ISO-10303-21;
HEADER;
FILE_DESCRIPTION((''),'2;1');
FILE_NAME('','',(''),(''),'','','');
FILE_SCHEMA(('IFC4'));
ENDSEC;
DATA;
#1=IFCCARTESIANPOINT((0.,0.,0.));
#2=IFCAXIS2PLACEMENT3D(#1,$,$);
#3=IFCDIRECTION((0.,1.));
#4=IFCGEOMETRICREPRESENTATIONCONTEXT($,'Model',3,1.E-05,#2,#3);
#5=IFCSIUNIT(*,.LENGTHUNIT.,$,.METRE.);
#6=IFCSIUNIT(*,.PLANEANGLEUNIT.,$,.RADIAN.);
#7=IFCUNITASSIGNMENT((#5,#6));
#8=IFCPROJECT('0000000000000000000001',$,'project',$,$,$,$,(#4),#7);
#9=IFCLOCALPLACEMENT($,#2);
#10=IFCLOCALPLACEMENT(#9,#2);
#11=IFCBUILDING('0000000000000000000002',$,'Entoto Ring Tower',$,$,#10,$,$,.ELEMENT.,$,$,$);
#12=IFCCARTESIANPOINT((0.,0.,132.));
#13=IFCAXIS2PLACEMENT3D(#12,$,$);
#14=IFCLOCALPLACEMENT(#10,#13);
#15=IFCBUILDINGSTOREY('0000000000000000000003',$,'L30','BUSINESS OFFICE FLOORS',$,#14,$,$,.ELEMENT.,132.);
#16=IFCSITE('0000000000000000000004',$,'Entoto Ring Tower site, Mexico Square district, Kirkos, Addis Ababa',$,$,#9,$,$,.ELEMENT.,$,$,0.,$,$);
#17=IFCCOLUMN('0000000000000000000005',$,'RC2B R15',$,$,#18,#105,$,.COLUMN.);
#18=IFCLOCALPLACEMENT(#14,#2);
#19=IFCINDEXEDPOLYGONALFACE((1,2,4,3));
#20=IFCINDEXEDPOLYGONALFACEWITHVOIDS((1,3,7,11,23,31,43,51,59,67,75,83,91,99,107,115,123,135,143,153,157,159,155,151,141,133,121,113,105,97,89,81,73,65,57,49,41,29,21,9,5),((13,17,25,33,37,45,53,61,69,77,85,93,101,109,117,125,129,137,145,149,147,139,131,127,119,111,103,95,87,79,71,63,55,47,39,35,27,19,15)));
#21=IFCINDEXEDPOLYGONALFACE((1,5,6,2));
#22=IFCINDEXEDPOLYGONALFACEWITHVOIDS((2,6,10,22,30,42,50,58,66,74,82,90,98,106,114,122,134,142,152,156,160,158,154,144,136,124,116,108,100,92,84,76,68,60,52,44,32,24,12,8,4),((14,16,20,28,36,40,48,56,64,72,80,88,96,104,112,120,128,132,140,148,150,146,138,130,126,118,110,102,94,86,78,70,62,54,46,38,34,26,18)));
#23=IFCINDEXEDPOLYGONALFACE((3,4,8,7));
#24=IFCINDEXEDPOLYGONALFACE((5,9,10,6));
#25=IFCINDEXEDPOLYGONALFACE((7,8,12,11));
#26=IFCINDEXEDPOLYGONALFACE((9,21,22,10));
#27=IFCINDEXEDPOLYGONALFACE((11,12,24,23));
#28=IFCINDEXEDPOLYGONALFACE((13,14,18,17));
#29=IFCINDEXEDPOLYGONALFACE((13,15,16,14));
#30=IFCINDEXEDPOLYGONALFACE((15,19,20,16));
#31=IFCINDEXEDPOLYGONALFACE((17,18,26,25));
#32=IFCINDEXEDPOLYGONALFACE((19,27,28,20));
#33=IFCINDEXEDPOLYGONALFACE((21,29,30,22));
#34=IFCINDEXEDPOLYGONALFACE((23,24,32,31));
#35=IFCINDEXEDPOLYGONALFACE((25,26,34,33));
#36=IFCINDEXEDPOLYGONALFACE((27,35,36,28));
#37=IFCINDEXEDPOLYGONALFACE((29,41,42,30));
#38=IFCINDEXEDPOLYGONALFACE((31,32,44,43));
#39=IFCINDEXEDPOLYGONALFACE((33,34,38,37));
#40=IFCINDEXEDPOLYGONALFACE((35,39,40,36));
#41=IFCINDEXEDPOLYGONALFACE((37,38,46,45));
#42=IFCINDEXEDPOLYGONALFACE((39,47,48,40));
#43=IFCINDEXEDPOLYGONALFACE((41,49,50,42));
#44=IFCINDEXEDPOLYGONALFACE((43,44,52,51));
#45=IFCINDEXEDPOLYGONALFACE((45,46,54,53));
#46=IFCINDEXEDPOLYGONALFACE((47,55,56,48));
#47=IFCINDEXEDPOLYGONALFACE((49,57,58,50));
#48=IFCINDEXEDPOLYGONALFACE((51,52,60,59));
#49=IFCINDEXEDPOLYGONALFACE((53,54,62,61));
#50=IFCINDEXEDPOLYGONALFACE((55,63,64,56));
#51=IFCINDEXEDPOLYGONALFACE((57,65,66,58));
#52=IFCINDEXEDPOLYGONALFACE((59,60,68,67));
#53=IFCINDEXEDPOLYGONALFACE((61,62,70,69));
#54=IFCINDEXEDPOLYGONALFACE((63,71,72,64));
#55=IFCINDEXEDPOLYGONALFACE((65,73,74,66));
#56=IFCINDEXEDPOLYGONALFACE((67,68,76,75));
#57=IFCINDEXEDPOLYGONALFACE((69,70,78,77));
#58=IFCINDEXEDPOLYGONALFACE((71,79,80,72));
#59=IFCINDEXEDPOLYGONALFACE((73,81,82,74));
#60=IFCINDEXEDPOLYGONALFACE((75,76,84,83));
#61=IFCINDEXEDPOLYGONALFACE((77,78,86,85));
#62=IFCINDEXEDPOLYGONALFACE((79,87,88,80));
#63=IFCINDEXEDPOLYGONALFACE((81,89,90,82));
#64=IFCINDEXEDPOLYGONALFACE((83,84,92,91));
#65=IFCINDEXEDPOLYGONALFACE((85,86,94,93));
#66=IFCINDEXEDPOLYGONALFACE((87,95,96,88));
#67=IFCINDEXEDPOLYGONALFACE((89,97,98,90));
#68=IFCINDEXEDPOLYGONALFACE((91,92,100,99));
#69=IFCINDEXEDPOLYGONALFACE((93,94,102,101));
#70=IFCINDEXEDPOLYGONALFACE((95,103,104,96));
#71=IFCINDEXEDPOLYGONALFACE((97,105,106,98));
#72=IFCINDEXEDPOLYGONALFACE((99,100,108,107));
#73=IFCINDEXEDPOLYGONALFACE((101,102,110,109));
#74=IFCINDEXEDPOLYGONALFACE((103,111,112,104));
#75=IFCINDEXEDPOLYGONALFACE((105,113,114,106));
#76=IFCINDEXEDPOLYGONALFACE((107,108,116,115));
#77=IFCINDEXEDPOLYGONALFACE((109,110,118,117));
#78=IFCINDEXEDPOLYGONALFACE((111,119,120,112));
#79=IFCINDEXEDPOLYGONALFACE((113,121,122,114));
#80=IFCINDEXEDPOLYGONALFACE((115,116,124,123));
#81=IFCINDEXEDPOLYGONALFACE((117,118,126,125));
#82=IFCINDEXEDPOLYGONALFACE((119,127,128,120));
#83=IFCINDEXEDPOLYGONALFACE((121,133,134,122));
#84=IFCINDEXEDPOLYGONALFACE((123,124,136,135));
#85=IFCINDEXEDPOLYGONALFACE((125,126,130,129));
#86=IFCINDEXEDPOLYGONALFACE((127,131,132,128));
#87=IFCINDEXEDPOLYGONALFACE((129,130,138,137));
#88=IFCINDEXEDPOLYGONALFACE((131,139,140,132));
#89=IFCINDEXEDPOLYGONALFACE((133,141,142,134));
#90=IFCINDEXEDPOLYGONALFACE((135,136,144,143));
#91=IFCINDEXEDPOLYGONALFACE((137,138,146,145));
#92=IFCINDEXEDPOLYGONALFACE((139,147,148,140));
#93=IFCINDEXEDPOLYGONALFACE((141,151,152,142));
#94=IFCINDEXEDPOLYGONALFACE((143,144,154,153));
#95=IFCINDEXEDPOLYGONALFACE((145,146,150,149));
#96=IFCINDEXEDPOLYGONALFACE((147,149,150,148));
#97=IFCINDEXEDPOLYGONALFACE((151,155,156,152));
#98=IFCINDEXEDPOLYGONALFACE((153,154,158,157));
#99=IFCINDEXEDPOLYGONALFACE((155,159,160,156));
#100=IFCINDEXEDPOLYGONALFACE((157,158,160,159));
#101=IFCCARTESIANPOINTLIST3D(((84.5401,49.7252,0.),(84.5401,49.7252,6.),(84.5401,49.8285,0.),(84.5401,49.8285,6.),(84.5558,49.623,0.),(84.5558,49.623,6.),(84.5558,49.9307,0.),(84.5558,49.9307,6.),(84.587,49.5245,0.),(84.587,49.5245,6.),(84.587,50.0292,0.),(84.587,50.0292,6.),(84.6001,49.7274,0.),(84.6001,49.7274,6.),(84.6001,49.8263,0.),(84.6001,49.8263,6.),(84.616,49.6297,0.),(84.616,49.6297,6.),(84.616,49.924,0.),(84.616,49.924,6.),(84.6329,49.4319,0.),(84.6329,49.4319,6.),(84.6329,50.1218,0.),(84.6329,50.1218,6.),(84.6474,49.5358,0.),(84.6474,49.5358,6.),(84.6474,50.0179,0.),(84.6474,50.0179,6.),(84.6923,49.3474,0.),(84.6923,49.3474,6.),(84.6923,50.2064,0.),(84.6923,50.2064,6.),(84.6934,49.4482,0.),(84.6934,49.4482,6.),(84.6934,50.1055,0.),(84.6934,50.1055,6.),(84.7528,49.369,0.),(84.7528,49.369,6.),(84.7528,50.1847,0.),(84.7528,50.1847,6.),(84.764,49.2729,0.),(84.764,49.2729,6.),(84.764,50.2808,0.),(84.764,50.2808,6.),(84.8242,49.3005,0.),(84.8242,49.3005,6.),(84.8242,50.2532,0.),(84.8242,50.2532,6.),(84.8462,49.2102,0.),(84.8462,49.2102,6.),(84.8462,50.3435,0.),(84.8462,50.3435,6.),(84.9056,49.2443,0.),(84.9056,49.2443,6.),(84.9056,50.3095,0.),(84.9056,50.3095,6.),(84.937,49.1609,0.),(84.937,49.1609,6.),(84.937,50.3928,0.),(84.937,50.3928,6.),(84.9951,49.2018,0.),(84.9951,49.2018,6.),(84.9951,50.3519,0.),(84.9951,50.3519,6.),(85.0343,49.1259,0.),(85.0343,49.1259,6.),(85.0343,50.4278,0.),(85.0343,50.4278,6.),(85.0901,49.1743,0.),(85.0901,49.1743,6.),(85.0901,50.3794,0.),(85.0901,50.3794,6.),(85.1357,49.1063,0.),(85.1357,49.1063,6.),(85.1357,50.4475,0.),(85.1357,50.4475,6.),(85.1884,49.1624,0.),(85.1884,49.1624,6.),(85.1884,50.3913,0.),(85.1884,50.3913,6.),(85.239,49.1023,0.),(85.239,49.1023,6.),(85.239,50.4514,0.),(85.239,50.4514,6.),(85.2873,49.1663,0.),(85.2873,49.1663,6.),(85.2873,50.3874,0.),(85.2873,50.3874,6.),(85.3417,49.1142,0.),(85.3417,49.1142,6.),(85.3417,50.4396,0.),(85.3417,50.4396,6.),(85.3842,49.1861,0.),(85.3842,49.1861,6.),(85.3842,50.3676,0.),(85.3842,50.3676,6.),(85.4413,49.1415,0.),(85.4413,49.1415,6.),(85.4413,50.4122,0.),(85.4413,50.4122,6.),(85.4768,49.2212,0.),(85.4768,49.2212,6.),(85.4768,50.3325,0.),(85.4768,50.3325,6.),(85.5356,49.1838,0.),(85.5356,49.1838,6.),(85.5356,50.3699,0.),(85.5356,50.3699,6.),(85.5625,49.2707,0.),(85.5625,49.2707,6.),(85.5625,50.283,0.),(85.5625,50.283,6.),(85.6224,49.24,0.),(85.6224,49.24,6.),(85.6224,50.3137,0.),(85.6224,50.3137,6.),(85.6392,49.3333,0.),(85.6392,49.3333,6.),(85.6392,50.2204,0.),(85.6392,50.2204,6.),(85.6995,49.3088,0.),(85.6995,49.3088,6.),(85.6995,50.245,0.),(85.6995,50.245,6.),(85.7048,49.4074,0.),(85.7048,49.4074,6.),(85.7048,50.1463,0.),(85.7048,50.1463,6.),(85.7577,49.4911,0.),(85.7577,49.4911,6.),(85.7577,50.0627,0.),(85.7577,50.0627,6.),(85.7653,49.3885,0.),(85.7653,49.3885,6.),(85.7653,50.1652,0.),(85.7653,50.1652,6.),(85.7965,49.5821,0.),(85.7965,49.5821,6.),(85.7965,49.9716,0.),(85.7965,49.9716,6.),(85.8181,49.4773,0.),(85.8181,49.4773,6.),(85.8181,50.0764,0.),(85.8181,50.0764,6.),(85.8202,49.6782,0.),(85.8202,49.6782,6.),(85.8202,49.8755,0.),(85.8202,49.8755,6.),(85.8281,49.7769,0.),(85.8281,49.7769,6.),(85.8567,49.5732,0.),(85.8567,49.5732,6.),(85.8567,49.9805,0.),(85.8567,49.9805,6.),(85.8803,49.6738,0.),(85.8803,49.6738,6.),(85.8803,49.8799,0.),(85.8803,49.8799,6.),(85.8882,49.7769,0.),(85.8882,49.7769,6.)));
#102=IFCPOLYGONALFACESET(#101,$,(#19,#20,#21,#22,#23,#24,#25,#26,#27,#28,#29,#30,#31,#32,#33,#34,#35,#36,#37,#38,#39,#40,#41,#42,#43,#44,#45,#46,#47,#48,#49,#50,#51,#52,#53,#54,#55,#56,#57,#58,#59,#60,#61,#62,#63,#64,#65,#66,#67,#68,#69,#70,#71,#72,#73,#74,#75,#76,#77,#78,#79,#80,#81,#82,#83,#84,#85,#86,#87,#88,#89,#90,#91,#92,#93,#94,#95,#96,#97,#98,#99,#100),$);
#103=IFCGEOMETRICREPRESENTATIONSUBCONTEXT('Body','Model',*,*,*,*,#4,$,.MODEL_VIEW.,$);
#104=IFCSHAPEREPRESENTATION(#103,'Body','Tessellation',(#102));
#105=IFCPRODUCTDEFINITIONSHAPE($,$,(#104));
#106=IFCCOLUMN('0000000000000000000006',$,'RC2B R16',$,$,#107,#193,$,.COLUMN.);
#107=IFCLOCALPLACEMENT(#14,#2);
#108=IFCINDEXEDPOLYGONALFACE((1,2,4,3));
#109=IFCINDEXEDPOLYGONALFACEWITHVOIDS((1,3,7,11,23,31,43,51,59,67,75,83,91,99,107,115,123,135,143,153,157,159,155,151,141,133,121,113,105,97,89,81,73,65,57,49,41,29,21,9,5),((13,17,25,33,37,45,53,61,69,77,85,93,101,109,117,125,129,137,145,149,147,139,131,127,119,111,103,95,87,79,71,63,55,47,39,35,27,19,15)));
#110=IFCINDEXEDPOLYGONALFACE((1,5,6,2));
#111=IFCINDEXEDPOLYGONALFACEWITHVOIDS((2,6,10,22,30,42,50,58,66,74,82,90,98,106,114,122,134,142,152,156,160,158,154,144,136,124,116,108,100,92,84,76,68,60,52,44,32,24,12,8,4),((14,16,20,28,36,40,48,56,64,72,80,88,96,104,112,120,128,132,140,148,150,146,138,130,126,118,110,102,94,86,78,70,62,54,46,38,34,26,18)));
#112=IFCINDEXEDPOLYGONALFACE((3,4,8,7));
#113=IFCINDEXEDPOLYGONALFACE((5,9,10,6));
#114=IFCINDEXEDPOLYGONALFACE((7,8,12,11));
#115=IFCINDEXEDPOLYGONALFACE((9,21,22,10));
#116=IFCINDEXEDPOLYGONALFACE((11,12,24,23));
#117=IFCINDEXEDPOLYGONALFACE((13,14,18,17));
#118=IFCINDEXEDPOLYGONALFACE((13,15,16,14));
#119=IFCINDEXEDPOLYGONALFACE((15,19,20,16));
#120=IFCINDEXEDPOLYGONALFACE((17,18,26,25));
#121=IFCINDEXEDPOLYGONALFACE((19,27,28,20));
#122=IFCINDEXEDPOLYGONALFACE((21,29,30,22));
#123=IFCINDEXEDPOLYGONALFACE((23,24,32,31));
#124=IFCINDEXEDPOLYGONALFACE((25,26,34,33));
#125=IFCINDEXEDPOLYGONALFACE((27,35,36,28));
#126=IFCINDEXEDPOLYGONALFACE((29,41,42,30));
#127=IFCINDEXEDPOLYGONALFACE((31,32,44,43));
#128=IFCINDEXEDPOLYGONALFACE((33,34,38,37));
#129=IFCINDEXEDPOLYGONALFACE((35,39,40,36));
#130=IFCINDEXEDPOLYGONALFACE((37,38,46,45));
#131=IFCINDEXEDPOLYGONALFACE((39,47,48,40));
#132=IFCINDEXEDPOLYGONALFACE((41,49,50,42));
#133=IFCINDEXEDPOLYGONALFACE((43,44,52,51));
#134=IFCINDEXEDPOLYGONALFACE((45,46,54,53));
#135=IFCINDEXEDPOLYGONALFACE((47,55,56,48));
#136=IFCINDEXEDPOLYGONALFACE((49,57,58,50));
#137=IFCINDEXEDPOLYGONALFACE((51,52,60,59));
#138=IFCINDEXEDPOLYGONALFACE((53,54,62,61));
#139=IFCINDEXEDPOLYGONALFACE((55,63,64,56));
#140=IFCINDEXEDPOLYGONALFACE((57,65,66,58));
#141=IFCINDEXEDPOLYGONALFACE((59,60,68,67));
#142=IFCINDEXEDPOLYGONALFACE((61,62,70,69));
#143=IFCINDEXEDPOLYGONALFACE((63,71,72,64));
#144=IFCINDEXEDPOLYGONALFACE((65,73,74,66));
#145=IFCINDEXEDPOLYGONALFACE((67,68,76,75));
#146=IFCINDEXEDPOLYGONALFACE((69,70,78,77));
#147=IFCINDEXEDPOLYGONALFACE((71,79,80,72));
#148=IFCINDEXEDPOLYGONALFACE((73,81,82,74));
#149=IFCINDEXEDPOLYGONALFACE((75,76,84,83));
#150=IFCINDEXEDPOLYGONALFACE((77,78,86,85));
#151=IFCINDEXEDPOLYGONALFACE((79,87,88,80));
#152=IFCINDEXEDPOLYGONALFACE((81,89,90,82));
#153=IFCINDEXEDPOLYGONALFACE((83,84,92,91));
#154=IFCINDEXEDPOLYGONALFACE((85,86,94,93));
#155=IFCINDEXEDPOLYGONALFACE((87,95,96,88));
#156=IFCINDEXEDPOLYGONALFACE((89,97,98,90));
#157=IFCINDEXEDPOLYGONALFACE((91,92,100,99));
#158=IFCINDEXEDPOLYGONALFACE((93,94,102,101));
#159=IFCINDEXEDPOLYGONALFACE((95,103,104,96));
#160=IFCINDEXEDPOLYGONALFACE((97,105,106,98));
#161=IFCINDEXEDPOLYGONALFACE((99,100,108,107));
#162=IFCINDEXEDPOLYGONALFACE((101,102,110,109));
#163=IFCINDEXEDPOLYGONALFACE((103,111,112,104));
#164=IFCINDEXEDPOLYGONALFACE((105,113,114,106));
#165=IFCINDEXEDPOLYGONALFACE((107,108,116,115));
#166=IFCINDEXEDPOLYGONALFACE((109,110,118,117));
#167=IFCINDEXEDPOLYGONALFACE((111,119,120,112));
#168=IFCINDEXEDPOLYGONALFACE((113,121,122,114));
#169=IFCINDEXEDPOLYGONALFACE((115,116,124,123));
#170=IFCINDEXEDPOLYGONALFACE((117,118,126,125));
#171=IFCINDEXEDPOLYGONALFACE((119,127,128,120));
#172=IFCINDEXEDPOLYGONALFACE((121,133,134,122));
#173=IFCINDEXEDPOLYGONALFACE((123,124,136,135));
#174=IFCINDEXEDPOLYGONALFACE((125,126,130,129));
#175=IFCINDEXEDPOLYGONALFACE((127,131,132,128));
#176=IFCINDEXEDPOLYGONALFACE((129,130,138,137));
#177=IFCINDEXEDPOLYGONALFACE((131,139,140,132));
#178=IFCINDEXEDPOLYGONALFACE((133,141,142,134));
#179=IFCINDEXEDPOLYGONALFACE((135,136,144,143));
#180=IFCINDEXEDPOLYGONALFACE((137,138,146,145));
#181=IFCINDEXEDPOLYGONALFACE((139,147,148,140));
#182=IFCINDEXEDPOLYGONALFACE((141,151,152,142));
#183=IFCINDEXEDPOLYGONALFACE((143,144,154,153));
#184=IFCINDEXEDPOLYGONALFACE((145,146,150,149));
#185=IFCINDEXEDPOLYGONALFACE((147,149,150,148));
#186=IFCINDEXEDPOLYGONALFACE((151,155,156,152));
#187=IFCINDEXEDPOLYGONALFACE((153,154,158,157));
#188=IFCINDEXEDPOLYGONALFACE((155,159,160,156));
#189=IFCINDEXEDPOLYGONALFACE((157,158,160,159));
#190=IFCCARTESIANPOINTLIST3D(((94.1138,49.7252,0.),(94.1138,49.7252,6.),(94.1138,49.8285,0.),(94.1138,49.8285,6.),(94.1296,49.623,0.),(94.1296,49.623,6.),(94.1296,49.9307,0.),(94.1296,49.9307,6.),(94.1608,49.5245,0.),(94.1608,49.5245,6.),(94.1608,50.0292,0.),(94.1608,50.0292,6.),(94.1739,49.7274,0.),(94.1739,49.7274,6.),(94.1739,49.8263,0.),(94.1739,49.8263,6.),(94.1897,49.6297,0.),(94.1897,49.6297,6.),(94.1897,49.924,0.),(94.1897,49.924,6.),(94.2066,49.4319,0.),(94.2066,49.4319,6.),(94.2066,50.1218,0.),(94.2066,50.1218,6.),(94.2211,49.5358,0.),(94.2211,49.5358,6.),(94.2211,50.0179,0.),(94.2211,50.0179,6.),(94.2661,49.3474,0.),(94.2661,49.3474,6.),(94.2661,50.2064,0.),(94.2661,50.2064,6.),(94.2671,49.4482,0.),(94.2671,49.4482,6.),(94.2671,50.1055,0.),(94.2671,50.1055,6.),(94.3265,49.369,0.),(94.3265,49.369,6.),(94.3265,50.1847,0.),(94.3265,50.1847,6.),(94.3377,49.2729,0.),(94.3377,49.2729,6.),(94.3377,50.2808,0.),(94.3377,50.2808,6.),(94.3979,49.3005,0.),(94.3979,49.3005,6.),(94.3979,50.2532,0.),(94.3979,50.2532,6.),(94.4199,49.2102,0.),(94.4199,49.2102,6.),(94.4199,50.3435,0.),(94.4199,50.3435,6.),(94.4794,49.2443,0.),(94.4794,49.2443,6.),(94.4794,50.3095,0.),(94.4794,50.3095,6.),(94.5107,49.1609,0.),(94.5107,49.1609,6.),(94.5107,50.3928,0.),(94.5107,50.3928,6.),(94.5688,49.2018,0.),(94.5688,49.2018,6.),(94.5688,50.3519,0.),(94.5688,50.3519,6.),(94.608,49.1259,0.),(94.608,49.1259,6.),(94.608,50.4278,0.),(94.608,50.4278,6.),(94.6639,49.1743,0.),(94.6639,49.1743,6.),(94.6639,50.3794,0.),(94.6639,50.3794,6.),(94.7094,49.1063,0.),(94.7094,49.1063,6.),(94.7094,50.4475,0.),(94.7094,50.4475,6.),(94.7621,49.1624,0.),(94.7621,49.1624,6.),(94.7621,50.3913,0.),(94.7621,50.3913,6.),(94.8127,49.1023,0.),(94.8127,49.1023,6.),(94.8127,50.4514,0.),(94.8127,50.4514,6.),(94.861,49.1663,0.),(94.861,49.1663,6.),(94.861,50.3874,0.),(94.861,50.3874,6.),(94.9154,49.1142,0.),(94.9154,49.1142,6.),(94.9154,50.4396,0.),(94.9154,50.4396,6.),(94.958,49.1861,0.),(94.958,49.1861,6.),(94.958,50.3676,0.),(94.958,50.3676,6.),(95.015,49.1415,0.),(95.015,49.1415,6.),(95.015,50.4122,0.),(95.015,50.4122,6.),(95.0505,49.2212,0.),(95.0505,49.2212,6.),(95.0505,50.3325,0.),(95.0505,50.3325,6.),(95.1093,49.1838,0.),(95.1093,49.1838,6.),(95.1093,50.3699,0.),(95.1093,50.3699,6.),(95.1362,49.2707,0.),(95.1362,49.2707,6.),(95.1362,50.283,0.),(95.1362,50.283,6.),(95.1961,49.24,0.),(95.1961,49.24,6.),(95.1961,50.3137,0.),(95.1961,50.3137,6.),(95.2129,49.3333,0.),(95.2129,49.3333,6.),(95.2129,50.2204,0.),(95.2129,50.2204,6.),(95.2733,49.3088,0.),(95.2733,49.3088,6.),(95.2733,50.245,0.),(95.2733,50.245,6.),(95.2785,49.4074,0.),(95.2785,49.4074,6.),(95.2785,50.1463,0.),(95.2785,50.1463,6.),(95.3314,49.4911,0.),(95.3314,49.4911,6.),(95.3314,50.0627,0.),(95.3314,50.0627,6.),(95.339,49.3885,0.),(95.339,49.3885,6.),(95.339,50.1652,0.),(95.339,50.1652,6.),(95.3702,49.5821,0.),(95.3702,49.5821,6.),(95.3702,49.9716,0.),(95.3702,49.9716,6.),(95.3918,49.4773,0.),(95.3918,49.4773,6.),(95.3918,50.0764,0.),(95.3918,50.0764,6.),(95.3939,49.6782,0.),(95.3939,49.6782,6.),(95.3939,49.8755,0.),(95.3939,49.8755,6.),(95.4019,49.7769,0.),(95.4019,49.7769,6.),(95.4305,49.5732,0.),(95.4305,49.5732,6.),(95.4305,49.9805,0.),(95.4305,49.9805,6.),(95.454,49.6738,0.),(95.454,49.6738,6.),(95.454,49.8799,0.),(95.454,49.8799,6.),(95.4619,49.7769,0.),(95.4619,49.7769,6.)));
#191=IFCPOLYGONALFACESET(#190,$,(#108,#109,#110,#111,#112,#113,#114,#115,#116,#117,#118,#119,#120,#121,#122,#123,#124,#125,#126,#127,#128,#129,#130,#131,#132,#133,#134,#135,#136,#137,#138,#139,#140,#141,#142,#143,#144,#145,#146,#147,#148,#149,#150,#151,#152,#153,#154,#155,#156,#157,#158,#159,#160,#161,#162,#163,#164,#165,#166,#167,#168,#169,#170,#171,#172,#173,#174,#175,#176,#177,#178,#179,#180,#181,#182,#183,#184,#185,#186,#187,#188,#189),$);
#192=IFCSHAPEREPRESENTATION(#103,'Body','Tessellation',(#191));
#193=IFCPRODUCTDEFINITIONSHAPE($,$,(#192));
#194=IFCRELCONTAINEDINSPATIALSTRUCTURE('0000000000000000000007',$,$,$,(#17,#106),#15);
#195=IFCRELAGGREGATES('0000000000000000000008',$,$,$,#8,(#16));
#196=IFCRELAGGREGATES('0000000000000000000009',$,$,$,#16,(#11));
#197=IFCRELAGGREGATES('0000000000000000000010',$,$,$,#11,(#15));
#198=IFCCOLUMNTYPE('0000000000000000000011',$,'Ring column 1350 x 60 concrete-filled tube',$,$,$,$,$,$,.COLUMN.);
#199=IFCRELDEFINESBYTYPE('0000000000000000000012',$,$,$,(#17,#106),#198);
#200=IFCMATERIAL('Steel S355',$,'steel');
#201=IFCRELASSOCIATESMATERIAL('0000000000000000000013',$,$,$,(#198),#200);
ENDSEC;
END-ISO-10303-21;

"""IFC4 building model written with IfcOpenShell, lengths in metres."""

from ifc_helpers import new_model, si_unit, direction, frame, origin, origin_2d, place, context, subcontext, project, spatial, circle, hollow_circle, extrude, material, material_profile, profile_set, type_object, element, save


model = new_model("IFC4")

# Units and contexts
model_context = context("Model", 3, precision=1e-05, world=origin(), true_north=direction((0.0, 1.0)))
body_context = subcontext(model_context, "Body", "Model", "MODEL_VIEW")
ifc_project = project(units=[si_unit("LENGTHUNIT", "METRE"), si_unit("PLANEANGLEUNIT", "RADIAN")], contexts=[model_context])

# Site, building, storey
site_placement = place(None, origin())
site = spatial("IfcSite", under=ifc_project, at=site_placement, Name="Entoto Ring Tower site, Mexico Square district, Kirkos, Addis Ababa", CompositionType="ELEMENT", RefElevation=0.0)
building_placement = place(site_placement, origin())
building = spatial("IfcBuilding", under=site, at=building_placement, Name="Entoto Ring Tower", CompositionType="ELEMENT")
storey_placement = place(building_placement, frame((0.0, 0.0, 132.0)))
storey = spatial("IfcBuildingStorey", under=building, at=storey_placement, Name="L30", Description="BUSINESS OFFICE FLOORS", CompositionType="ELEMENT", Elevation=132.0)

# Columns
ifc_material_1 = material(Name="Steel S355", Category="steel")
ifc_material_profile_1 = material_profile(ifc_material_1, hollow_circle(Radius=0.675, WallThickness=0.0601, at=origin_2d()), Name="CHS 1350 x 60")
ifc_material_2 = material(Name="Concrete C60/75", Category="concrete")
ifc_material_profile_2 = material_profile(ifc_material_2, circle(Radius=0.615, at=origin_2d()), Name="Concrete C60/75 infill")
ifc_profile_set_1 = profile_set([ifc_material_profile_1, ifc_material_profile_2], Name="Steel S355")
column_type = type_object("IfcColumnType", Name="Ring column 1350 x 60 concrete-filled tube", PredefinedType="COLUMN", material=ifc_profile_set_1)
for number, where, z_axis, x_axis, name in (
    (1, (85.2131, 49.7769, 0.0), (0.0, 0.0, 1.0), (1.0, 0.0, 0.0), "RC2B R15"),
    (2, (94.7869, 49.7769, 0.0), (0.0, 0.0, 1.0), (1.0, 0.0, 0.0), "RC2B R16"),
):
    element("IfcColumn", number, at=place(storey_placement, frame(where, z_axis=z_axis, x_axis=x_axis)), inside=storey, type_object=column_type, Name=name, PredefinedType="COLUMN", context=body_context, shape_type="SweptSolid", body=[
        extrude(hollow_circle(Radius=0.675, WallThickness=0.0601, at=origin_2d()), origin(), (0.0, 0.0, 1.0), 6.0),
    ])

save(model, "model.ifc")
